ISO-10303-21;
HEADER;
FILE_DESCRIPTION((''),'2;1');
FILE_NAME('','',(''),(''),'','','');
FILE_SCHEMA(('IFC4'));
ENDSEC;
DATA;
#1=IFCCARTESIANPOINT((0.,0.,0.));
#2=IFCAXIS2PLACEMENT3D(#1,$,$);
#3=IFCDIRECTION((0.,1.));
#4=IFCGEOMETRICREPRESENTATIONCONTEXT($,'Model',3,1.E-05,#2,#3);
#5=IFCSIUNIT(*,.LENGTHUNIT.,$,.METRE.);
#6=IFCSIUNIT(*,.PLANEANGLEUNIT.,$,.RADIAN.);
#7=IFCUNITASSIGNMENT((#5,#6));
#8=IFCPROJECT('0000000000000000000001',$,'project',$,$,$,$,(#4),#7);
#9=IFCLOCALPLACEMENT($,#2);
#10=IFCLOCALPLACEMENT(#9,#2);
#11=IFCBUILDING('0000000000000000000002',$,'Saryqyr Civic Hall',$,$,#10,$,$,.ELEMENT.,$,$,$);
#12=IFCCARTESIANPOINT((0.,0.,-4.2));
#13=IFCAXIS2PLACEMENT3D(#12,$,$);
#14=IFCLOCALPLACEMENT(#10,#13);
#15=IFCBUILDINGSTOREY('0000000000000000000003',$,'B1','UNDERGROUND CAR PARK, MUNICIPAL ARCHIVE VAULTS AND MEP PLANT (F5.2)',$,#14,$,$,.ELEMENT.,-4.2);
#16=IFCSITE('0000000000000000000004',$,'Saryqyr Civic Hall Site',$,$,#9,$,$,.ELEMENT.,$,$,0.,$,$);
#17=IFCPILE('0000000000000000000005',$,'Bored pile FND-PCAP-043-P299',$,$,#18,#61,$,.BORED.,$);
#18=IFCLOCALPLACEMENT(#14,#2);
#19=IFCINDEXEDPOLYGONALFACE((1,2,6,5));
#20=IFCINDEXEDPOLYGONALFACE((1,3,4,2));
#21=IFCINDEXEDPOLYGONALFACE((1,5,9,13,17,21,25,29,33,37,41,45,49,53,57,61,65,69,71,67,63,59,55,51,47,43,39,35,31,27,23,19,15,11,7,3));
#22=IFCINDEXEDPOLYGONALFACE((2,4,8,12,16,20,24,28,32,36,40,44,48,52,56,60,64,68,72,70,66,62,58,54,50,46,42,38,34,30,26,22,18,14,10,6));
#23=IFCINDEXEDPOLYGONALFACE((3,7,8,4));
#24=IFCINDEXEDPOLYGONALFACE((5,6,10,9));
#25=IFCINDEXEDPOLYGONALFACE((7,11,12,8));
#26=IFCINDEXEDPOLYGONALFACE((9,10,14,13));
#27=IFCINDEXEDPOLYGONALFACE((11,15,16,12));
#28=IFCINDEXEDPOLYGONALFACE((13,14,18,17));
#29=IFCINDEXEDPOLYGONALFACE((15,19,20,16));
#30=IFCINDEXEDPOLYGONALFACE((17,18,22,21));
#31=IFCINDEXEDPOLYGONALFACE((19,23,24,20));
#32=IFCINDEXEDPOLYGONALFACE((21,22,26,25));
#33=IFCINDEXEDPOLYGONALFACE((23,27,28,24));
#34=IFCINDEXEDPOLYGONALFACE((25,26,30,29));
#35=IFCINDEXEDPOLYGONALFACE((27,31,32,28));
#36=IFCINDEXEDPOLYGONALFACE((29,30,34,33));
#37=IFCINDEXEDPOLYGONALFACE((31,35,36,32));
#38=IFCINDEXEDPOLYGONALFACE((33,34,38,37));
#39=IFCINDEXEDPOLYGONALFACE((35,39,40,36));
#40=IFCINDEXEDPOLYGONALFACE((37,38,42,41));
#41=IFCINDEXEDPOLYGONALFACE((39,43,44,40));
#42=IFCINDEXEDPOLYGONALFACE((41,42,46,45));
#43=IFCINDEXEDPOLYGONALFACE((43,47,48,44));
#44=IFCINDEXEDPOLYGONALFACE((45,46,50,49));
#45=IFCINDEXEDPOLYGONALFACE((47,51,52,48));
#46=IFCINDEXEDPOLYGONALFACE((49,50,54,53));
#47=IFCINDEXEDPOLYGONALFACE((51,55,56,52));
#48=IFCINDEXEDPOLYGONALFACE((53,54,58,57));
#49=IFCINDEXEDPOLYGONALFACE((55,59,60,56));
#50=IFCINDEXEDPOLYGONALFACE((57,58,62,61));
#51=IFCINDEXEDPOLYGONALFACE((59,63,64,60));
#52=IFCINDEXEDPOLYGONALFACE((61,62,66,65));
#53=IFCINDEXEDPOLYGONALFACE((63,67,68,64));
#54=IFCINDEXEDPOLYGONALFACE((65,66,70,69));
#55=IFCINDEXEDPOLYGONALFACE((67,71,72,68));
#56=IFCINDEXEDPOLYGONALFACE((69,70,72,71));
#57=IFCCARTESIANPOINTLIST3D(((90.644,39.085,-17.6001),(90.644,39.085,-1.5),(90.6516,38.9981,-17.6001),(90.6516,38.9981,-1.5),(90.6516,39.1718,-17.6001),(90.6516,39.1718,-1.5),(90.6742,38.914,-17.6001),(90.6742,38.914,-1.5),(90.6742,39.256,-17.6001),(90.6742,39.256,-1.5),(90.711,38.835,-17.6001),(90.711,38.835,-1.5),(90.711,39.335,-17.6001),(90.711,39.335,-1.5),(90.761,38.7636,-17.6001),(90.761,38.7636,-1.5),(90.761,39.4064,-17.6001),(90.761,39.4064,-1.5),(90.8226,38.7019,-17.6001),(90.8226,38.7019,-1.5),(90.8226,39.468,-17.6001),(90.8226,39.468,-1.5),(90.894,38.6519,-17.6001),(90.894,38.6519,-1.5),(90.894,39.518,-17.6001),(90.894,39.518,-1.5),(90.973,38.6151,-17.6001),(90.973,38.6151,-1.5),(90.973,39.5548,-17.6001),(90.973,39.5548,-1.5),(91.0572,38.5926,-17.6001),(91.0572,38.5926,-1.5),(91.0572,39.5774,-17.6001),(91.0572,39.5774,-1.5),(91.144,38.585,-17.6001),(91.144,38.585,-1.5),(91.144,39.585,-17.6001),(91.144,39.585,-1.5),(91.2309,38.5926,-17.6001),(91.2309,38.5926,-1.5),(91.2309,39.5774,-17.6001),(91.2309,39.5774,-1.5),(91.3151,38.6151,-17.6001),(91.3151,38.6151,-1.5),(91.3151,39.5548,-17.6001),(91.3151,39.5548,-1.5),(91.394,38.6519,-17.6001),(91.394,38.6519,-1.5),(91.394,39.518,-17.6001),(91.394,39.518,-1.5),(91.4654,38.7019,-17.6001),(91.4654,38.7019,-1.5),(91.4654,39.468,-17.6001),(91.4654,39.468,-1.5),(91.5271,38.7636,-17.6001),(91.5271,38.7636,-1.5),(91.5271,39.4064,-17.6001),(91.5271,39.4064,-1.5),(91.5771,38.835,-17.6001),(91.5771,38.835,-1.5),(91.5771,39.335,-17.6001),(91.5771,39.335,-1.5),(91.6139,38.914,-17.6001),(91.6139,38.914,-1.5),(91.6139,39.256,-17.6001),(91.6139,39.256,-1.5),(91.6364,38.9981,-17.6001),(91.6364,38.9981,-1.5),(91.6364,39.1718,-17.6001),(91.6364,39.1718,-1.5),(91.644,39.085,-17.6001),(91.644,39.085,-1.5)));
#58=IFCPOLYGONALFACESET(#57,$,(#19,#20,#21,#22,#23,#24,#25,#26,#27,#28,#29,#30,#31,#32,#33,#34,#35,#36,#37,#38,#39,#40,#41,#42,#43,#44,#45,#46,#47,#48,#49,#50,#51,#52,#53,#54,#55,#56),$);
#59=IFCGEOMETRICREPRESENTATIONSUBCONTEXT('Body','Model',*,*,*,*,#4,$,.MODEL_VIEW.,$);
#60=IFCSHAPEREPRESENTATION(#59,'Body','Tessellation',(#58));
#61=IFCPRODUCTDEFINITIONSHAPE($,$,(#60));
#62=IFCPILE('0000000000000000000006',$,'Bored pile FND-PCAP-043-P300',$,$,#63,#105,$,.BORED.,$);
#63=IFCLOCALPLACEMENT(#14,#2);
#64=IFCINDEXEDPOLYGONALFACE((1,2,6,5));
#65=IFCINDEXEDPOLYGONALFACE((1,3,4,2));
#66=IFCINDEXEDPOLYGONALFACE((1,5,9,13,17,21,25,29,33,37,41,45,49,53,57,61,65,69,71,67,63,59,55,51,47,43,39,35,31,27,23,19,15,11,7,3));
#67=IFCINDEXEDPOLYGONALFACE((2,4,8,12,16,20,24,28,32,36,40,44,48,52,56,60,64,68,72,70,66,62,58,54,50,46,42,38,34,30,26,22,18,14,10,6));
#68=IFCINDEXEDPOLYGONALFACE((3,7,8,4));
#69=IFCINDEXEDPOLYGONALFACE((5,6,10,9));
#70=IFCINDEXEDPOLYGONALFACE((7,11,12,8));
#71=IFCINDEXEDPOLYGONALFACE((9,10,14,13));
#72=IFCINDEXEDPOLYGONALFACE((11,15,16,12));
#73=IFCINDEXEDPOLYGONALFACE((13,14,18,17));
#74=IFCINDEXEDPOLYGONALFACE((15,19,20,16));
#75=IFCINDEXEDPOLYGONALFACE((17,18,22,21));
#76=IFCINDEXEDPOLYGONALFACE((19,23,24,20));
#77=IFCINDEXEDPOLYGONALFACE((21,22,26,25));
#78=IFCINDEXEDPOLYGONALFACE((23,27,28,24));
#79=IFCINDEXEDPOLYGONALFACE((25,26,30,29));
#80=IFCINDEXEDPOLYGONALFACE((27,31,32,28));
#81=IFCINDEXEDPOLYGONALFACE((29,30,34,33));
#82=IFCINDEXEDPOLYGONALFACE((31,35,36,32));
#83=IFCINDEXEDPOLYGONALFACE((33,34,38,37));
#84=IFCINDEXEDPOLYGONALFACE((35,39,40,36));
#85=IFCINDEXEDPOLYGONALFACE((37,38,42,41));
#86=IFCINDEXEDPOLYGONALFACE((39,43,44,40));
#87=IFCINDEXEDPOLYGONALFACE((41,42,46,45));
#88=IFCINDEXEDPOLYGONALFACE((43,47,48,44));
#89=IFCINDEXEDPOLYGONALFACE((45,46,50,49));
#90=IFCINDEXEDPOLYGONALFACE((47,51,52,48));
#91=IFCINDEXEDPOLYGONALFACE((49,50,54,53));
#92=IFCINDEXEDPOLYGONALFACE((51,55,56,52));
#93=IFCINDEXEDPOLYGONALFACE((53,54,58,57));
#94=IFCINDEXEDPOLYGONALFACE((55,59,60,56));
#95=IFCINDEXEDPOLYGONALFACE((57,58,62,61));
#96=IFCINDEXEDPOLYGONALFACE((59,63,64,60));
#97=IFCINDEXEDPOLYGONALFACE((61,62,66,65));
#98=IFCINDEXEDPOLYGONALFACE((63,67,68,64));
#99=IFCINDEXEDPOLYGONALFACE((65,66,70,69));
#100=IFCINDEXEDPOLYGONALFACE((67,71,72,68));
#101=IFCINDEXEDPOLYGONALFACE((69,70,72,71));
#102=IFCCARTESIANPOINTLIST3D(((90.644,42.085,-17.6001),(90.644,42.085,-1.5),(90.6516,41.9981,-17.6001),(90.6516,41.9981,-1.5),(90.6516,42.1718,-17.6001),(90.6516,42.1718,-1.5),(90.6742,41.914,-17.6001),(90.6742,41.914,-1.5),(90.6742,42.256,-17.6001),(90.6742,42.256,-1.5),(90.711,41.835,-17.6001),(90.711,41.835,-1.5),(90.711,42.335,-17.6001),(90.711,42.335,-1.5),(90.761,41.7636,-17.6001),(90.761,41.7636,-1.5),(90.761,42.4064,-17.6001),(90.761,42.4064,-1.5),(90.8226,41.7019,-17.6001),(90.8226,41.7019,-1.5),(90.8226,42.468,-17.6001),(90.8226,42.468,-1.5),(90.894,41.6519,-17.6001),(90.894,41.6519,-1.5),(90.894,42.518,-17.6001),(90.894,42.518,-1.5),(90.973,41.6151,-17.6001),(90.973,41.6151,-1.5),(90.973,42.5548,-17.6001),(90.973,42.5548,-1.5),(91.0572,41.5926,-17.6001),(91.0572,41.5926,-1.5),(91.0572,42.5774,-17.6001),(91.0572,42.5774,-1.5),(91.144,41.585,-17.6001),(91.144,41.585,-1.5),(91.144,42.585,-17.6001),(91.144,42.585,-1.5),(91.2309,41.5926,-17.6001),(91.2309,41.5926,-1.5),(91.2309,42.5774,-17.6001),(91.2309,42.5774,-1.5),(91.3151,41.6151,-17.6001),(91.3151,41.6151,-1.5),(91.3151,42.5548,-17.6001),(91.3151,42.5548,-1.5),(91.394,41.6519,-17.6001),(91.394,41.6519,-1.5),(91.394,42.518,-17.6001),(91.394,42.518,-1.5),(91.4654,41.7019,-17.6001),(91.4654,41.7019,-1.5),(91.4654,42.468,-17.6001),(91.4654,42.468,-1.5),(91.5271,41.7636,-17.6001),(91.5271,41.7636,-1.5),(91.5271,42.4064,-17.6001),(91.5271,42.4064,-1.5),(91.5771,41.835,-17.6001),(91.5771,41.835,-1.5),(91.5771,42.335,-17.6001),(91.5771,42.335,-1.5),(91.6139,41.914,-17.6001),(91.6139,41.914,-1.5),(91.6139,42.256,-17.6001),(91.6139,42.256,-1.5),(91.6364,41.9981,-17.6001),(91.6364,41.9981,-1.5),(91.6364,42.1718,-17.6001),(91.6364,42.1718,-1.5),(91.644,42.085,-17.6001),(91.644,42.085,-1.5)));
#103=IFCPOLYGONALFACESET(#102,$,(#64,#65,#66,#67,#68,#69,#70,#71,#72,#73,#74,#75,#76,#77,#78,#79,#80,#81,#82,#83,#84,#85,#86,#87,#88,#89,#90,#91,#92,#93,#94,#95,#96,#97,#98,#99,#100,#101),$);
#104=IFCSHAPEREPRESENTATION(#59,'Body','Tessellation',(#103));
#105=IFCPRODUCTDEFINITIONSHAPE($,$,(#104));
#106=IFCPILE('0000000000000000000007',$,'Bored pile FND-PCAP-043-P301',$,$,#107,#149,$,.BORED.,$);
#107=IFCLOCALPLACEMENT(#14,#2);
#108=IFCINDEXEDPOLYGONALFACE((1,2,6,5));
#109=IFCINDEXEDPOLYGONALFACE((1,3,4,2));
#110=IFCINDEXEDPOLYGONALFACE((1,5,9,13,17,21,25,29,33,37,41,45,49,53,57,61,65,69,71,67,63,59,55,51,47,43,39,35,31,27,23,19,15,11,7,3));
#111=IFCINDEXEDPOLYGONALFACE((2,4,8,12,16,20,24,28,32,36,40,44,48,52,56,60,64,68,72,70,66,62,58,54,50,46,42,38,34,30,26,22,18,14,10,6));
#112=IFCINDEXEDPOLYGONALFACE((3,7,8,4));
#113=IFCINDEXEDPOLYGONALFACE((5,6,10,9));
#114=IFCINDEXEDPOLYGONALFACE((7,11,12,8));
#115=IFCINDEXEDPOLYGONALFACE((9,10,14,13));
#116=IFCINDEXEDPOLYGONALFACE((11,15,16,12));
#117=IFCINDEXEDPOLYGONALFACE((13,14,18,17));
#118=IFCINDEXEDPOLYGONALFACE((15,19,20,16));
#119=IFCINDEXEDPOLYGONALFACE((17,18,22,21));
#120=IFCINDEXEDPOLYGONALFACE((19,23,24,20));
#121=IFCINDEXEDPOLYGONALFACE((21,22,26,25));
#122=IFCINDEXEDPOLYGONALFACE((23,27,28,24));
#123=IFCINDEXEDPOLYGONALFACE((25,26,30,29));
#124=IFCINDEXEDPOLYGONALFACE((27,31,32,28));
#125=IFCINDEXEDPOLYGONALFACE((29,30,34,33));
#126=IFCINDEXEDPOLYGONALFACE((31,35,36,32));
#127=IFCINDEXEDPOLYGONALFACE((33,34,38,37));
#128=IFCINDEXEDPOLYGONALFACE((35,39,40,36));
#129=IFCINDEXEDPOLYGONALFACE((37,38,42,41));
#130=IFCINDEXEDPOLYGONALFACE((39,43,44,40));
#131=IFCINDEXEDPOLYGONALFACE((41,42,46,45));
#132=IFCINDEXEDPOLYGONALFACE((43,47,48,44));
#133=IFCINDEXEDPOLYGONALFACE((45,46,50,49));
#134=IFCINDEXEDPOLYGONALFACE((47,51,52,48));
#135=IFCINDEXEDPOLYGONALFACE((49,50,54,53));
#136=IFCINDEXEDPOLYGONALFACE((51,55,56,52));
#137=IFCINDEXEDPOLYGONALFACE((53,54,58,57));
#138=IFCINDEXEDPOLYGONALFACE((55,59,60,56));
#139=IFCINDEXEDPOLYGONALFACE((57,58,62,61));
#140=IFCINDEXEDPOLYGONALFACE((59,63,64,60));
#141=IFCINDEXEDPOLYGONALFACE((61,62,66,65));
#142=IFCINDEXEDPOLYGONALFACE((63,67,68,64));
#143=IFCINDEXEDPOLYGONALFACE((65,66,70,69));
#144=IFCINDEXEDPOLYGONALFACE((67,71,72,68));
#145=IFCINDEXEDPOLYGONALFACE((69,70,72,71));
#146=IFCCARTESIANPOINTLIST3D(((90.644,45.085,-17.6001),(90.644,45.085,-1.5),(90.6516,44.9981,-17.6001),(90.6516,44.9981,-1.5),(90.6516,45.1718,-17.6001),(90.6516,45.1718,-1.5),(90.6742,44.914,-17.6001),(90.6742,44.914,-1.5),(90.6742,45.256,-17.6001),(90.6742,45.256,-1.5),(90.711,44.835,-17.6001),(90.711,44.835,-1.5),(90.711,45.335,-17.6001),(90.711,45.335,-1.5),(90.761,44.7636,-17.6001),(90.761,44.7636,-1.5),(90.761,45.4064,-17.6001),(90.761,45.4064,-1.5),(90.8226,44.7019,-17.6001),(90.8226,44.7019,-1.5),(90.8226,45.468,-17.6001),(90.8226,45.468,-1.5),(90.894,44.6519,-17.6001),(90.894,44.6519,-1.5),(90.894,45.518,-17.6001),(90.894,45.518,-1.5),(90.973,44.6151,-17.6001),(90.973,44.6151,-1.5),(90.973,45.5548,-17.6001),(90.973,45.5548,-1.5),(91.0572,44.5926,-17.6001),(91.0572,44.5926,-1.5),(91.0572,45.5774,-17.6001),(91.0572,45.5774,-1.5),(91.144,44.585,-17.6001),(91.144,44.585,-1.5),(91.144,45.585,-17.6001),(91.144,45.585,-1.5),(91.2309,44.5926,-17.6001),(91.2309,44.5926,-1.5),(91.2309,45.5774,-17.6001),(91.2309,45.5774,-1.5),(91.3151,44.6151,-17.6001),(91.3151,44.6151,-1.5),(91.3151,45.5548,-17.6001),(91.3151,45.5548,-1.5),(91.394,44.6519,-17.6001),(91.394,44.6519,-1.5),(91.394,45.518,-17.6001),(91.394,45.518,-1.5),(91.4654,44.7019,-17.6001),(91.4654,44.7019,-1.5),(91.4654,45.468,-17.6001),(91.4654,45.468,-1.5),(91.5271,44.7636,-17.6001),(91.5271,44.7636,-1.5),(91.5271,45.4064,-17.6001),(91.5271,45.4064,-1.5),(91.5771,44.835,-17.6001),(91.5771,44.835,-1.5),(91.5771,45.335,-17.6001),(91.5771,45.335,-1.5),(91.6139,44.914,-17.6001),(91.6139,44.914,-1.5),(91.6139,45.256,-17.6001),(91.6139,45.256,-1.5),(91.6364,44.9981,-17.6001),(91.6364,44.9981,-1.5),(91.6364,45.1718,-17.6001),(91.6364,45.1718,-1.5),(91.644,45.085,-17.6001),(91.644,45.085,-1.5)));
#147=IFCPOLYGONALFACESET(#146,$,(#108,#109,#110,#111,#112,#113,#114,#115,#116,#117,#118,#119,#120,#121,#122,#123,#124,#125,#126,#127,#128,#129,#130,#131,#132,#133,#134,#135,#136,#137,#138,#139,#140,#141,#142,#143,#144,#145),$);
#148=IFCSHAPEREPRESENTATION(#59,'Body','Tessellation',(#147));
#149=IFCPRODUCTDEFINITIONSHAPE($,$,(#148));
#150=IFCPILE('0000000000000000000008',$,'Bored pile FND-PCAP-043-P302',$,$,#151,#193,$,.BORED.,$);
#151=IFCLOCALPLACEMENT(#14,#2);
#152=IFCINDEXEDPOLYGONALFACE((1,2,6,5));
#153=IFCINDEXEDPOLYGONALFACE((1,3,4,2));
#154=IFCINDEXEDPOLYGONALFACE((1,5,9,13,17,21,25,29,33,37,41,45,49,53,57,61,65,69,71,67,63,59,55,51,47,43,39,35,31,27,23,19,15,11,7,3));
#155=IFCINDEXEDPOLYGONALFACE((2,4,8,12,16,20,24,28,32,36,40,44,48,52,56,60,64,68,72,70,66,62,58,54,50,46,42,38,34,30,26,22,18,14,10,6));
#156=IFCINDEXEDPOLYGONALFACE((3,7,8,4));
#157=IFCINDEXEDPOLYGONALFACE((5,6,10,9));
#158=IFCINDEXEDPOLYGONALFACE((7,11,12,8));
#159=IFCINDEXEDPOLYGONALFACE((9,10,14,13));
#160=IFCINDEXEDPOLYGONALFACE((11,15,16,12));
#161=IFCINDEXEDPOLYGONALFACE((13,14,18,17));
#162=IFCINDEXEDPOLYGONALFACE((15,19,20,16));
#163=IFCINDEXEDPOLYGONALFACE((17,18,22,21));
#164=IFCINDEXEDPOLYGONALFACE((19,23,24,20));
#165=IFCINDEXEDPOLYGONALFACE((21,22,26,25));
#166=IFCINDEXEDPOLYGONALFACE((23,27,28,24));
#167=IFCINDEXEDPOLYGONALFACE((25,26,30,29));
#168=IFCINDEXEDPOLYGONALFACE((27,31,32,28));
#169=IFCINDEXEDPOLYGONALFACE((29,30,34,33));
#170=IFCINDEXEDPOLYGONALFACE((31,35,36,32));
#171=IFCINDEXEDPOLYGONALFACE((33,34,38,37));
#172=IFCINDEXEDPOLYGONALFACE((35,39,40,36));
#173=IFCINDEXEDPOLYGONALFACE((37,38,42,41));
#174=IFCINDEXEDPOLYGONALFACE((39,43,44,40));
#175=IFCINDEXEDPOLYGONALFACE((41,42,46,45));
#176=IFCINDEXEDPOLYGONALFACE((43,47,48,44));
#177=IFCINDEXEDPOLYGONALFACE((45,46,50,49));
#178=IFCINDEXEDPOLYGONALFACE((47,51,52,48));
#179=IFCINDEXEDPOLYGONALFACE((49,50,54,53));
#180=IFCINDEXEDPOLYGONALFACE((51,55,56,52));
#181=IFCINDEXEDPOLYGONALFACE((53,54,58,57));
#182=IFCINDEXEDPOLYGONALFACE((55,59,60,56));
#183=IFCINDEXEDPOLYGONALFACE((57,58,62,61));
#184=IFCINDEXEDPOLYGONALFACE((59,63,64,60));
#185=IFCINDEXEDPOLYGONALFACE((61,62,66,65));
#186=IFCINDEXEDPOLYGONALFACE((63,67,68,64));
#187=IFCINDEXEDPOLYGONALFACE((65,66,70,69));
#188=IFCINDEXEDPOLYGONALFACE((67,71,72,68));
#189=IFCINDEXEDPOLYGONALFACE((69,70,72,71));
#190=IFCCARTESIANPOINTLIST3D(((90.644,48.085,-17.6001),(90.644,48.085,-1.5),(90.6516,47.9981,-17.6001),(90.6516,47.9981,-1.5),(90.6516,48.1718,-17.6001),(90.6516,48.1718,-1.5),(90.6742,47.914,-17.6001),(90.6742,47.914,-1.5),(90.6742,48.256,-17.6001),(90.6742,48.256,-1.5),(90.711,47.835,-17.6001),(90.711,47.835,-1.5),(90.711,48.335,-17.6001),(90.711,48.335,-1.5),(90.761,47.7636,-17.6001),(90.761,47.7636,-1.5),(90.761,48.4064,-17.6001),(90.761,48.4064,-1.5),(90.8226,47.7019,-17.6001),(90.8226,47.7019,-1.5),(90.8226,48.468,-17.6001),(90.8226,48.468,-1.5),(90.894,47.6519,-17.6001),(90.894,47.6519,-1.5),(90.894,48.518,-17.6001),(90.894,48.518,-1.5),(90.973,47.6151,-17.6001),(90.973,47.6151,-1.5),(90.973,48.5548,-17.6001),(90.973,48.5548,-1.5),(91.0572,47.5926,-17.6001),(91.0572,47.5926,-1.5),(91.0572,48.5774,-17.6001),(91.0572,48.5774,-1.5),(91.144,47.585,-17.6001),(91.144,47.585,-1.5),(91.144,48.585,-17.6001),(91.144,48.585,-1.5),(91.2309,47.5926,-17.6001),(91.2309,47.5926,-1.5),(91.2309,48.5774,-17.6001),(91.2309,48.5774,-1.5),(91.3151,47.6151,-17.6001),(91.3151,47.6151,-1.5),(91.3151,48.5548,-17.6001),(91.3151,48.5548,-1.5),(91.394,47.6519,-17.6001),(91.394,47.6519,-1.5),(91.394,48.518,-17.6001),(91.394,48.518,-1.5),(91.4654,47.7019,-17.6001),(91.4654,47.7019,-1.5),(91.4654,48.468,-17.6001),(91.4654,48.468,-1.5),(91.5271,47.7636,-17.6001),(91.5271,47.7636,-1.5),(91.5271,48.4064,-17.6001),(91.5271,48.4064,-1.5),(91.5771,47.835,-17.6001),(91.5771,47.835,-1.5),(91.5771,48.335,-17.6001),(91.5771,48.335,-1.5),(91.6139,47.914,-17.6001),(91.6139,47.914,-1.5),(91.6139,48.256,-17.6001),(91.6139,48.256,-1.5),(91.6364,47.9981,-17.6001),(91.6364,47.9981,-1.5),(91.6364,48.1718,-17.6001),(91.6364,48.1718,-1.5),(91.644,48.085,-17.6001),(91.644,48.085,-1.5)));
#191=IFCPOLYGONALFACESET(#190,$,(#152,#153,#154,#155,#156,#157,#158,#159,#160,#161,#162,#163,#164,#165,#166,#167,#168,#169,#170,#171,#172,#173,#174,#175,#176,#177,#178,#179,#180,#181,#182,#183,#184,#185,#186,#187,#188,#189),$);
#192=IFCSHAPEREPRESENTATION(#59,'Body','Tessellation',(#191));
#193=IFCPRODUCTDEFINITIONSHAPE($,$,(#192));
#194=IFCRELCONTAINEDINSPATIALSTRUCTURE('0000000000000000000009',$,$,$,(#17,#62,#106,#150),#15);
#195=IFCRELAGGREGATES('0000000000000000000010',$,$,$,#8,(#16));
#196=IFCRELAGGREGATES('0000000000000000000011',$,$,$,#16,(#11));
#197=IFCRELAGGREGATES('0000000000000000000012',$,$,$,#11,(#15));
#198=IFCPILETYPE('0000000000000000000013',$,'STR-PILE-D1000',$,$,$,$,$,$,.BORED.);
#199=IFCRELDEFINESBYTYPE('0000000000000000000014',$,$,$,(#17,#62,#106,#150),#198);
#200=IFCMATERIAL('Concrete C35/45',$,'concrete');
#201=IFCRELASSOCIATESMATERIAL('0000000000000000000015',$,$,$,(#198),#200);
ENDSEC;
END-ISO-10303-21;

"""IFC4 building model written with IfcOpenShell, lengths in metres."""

from ifc_helpers import new_model, si_unit, direction, frame, origin, origin_2d, place, context, subcontext, project, spatial, circle, extrude, material, material_profile, profile_set, type_object, element, save


model = new_model("IFC4")

# Units and contexts
model_context = context("Model", 3, precision=1e-05, world=origin(), true_north=direction((0.0, 1.0)))
body_context = subcontext(model_context, "Body", "Model", "MODEL_VIEW")
ifc_project = project(units=[si_unit("LENGTHUNIT", "METRE"), si_unit("PLANEANGLEUNIT", "RADIAN")], contexts=[model_context])

# Site, building, storey
site_placement = place(None, origin())
site = spatial("IfcSite", under=ifc_project, at=site_placement, Name="Saryqyr Civic Hall Site", CompositionType="ELEMENT", RefElevation=0.0)
building_placement = place(site_placement, origin())
building = spatial("IfcBuilding", under=site, at=building_placement, Name="Saryqyr Civic Hall", CompositionType="ELEMENT")
storey_placement = place(building_placement, frame((0.0, 0.0, -4.2)))
storey = spatial("IfcBuildingStorey", under=building, at=storey_placement, Name="B1", Description="UNDERGROUND CAR PARK, MUNICIPAL ARCHIVE VAULTS AND MEP PLANT (F5.2)", CompositionType="ELEMENT", Elevation=-4.2)

# Shared definitions
ifc_material_1 = material(Name="Concrete C35/45", Category="concrete")

# Piles
ifc_material_profile_1 = material_profile(ifc_material_1, circle(Radius=0.5, at=origin_2d()), Name="BORED PILE D1000")
ifc_profile_set_1 = profile_set([ifc_material_profile_1], Name="Concrete C35/45")
pile_type_1 = type_object("IfcPileType", Name="STR-PILE-D1000", PredefinedType="BORED", material=ifc_profile_set_1)
for number, where, z_axis, x_axis, name in (
    (1, (91.144, 39.085, -1.5), (0.0, 0.0, -1.0), (1.0, 0.0, 0.0), "Bored pile FND-PCAP-043-P299"),
    (2, (91.144, 42.085, -1.5), (0.0, 0.0, -1.0), (1.0, 0.0, 0.0), "Bored pile FND-PCAP-043-P300"),
    (3, (91.144, 45.085, -1.5), (0.0, 0.0, -1.0), (1.0, 0.0, 0.0), "Bored pile FND-PCAP-043-P301"),
    (4, (91.144, 48.085, -1.5), (0.0, 0.0, -1.0), (1.0, 0.0, 0.0), "Bored pile FND-PCAP-043-P302"),
):
    element("IfcPile", number, at=place(storey_placement, frame(where, z_axis=z_axis, x_axis=x_axis)), inside=storey, type_object=pile_type_1, Name=name, PredefinedType="BORED", context=body_context, shape_type="SweptSolid", body=[
        extrude(circle(Radius=0.5, at=origin_2d()), origin(), (0.0, 0.0, 1.0), 16.1001),
    ])

save(model, "model.ifc")
